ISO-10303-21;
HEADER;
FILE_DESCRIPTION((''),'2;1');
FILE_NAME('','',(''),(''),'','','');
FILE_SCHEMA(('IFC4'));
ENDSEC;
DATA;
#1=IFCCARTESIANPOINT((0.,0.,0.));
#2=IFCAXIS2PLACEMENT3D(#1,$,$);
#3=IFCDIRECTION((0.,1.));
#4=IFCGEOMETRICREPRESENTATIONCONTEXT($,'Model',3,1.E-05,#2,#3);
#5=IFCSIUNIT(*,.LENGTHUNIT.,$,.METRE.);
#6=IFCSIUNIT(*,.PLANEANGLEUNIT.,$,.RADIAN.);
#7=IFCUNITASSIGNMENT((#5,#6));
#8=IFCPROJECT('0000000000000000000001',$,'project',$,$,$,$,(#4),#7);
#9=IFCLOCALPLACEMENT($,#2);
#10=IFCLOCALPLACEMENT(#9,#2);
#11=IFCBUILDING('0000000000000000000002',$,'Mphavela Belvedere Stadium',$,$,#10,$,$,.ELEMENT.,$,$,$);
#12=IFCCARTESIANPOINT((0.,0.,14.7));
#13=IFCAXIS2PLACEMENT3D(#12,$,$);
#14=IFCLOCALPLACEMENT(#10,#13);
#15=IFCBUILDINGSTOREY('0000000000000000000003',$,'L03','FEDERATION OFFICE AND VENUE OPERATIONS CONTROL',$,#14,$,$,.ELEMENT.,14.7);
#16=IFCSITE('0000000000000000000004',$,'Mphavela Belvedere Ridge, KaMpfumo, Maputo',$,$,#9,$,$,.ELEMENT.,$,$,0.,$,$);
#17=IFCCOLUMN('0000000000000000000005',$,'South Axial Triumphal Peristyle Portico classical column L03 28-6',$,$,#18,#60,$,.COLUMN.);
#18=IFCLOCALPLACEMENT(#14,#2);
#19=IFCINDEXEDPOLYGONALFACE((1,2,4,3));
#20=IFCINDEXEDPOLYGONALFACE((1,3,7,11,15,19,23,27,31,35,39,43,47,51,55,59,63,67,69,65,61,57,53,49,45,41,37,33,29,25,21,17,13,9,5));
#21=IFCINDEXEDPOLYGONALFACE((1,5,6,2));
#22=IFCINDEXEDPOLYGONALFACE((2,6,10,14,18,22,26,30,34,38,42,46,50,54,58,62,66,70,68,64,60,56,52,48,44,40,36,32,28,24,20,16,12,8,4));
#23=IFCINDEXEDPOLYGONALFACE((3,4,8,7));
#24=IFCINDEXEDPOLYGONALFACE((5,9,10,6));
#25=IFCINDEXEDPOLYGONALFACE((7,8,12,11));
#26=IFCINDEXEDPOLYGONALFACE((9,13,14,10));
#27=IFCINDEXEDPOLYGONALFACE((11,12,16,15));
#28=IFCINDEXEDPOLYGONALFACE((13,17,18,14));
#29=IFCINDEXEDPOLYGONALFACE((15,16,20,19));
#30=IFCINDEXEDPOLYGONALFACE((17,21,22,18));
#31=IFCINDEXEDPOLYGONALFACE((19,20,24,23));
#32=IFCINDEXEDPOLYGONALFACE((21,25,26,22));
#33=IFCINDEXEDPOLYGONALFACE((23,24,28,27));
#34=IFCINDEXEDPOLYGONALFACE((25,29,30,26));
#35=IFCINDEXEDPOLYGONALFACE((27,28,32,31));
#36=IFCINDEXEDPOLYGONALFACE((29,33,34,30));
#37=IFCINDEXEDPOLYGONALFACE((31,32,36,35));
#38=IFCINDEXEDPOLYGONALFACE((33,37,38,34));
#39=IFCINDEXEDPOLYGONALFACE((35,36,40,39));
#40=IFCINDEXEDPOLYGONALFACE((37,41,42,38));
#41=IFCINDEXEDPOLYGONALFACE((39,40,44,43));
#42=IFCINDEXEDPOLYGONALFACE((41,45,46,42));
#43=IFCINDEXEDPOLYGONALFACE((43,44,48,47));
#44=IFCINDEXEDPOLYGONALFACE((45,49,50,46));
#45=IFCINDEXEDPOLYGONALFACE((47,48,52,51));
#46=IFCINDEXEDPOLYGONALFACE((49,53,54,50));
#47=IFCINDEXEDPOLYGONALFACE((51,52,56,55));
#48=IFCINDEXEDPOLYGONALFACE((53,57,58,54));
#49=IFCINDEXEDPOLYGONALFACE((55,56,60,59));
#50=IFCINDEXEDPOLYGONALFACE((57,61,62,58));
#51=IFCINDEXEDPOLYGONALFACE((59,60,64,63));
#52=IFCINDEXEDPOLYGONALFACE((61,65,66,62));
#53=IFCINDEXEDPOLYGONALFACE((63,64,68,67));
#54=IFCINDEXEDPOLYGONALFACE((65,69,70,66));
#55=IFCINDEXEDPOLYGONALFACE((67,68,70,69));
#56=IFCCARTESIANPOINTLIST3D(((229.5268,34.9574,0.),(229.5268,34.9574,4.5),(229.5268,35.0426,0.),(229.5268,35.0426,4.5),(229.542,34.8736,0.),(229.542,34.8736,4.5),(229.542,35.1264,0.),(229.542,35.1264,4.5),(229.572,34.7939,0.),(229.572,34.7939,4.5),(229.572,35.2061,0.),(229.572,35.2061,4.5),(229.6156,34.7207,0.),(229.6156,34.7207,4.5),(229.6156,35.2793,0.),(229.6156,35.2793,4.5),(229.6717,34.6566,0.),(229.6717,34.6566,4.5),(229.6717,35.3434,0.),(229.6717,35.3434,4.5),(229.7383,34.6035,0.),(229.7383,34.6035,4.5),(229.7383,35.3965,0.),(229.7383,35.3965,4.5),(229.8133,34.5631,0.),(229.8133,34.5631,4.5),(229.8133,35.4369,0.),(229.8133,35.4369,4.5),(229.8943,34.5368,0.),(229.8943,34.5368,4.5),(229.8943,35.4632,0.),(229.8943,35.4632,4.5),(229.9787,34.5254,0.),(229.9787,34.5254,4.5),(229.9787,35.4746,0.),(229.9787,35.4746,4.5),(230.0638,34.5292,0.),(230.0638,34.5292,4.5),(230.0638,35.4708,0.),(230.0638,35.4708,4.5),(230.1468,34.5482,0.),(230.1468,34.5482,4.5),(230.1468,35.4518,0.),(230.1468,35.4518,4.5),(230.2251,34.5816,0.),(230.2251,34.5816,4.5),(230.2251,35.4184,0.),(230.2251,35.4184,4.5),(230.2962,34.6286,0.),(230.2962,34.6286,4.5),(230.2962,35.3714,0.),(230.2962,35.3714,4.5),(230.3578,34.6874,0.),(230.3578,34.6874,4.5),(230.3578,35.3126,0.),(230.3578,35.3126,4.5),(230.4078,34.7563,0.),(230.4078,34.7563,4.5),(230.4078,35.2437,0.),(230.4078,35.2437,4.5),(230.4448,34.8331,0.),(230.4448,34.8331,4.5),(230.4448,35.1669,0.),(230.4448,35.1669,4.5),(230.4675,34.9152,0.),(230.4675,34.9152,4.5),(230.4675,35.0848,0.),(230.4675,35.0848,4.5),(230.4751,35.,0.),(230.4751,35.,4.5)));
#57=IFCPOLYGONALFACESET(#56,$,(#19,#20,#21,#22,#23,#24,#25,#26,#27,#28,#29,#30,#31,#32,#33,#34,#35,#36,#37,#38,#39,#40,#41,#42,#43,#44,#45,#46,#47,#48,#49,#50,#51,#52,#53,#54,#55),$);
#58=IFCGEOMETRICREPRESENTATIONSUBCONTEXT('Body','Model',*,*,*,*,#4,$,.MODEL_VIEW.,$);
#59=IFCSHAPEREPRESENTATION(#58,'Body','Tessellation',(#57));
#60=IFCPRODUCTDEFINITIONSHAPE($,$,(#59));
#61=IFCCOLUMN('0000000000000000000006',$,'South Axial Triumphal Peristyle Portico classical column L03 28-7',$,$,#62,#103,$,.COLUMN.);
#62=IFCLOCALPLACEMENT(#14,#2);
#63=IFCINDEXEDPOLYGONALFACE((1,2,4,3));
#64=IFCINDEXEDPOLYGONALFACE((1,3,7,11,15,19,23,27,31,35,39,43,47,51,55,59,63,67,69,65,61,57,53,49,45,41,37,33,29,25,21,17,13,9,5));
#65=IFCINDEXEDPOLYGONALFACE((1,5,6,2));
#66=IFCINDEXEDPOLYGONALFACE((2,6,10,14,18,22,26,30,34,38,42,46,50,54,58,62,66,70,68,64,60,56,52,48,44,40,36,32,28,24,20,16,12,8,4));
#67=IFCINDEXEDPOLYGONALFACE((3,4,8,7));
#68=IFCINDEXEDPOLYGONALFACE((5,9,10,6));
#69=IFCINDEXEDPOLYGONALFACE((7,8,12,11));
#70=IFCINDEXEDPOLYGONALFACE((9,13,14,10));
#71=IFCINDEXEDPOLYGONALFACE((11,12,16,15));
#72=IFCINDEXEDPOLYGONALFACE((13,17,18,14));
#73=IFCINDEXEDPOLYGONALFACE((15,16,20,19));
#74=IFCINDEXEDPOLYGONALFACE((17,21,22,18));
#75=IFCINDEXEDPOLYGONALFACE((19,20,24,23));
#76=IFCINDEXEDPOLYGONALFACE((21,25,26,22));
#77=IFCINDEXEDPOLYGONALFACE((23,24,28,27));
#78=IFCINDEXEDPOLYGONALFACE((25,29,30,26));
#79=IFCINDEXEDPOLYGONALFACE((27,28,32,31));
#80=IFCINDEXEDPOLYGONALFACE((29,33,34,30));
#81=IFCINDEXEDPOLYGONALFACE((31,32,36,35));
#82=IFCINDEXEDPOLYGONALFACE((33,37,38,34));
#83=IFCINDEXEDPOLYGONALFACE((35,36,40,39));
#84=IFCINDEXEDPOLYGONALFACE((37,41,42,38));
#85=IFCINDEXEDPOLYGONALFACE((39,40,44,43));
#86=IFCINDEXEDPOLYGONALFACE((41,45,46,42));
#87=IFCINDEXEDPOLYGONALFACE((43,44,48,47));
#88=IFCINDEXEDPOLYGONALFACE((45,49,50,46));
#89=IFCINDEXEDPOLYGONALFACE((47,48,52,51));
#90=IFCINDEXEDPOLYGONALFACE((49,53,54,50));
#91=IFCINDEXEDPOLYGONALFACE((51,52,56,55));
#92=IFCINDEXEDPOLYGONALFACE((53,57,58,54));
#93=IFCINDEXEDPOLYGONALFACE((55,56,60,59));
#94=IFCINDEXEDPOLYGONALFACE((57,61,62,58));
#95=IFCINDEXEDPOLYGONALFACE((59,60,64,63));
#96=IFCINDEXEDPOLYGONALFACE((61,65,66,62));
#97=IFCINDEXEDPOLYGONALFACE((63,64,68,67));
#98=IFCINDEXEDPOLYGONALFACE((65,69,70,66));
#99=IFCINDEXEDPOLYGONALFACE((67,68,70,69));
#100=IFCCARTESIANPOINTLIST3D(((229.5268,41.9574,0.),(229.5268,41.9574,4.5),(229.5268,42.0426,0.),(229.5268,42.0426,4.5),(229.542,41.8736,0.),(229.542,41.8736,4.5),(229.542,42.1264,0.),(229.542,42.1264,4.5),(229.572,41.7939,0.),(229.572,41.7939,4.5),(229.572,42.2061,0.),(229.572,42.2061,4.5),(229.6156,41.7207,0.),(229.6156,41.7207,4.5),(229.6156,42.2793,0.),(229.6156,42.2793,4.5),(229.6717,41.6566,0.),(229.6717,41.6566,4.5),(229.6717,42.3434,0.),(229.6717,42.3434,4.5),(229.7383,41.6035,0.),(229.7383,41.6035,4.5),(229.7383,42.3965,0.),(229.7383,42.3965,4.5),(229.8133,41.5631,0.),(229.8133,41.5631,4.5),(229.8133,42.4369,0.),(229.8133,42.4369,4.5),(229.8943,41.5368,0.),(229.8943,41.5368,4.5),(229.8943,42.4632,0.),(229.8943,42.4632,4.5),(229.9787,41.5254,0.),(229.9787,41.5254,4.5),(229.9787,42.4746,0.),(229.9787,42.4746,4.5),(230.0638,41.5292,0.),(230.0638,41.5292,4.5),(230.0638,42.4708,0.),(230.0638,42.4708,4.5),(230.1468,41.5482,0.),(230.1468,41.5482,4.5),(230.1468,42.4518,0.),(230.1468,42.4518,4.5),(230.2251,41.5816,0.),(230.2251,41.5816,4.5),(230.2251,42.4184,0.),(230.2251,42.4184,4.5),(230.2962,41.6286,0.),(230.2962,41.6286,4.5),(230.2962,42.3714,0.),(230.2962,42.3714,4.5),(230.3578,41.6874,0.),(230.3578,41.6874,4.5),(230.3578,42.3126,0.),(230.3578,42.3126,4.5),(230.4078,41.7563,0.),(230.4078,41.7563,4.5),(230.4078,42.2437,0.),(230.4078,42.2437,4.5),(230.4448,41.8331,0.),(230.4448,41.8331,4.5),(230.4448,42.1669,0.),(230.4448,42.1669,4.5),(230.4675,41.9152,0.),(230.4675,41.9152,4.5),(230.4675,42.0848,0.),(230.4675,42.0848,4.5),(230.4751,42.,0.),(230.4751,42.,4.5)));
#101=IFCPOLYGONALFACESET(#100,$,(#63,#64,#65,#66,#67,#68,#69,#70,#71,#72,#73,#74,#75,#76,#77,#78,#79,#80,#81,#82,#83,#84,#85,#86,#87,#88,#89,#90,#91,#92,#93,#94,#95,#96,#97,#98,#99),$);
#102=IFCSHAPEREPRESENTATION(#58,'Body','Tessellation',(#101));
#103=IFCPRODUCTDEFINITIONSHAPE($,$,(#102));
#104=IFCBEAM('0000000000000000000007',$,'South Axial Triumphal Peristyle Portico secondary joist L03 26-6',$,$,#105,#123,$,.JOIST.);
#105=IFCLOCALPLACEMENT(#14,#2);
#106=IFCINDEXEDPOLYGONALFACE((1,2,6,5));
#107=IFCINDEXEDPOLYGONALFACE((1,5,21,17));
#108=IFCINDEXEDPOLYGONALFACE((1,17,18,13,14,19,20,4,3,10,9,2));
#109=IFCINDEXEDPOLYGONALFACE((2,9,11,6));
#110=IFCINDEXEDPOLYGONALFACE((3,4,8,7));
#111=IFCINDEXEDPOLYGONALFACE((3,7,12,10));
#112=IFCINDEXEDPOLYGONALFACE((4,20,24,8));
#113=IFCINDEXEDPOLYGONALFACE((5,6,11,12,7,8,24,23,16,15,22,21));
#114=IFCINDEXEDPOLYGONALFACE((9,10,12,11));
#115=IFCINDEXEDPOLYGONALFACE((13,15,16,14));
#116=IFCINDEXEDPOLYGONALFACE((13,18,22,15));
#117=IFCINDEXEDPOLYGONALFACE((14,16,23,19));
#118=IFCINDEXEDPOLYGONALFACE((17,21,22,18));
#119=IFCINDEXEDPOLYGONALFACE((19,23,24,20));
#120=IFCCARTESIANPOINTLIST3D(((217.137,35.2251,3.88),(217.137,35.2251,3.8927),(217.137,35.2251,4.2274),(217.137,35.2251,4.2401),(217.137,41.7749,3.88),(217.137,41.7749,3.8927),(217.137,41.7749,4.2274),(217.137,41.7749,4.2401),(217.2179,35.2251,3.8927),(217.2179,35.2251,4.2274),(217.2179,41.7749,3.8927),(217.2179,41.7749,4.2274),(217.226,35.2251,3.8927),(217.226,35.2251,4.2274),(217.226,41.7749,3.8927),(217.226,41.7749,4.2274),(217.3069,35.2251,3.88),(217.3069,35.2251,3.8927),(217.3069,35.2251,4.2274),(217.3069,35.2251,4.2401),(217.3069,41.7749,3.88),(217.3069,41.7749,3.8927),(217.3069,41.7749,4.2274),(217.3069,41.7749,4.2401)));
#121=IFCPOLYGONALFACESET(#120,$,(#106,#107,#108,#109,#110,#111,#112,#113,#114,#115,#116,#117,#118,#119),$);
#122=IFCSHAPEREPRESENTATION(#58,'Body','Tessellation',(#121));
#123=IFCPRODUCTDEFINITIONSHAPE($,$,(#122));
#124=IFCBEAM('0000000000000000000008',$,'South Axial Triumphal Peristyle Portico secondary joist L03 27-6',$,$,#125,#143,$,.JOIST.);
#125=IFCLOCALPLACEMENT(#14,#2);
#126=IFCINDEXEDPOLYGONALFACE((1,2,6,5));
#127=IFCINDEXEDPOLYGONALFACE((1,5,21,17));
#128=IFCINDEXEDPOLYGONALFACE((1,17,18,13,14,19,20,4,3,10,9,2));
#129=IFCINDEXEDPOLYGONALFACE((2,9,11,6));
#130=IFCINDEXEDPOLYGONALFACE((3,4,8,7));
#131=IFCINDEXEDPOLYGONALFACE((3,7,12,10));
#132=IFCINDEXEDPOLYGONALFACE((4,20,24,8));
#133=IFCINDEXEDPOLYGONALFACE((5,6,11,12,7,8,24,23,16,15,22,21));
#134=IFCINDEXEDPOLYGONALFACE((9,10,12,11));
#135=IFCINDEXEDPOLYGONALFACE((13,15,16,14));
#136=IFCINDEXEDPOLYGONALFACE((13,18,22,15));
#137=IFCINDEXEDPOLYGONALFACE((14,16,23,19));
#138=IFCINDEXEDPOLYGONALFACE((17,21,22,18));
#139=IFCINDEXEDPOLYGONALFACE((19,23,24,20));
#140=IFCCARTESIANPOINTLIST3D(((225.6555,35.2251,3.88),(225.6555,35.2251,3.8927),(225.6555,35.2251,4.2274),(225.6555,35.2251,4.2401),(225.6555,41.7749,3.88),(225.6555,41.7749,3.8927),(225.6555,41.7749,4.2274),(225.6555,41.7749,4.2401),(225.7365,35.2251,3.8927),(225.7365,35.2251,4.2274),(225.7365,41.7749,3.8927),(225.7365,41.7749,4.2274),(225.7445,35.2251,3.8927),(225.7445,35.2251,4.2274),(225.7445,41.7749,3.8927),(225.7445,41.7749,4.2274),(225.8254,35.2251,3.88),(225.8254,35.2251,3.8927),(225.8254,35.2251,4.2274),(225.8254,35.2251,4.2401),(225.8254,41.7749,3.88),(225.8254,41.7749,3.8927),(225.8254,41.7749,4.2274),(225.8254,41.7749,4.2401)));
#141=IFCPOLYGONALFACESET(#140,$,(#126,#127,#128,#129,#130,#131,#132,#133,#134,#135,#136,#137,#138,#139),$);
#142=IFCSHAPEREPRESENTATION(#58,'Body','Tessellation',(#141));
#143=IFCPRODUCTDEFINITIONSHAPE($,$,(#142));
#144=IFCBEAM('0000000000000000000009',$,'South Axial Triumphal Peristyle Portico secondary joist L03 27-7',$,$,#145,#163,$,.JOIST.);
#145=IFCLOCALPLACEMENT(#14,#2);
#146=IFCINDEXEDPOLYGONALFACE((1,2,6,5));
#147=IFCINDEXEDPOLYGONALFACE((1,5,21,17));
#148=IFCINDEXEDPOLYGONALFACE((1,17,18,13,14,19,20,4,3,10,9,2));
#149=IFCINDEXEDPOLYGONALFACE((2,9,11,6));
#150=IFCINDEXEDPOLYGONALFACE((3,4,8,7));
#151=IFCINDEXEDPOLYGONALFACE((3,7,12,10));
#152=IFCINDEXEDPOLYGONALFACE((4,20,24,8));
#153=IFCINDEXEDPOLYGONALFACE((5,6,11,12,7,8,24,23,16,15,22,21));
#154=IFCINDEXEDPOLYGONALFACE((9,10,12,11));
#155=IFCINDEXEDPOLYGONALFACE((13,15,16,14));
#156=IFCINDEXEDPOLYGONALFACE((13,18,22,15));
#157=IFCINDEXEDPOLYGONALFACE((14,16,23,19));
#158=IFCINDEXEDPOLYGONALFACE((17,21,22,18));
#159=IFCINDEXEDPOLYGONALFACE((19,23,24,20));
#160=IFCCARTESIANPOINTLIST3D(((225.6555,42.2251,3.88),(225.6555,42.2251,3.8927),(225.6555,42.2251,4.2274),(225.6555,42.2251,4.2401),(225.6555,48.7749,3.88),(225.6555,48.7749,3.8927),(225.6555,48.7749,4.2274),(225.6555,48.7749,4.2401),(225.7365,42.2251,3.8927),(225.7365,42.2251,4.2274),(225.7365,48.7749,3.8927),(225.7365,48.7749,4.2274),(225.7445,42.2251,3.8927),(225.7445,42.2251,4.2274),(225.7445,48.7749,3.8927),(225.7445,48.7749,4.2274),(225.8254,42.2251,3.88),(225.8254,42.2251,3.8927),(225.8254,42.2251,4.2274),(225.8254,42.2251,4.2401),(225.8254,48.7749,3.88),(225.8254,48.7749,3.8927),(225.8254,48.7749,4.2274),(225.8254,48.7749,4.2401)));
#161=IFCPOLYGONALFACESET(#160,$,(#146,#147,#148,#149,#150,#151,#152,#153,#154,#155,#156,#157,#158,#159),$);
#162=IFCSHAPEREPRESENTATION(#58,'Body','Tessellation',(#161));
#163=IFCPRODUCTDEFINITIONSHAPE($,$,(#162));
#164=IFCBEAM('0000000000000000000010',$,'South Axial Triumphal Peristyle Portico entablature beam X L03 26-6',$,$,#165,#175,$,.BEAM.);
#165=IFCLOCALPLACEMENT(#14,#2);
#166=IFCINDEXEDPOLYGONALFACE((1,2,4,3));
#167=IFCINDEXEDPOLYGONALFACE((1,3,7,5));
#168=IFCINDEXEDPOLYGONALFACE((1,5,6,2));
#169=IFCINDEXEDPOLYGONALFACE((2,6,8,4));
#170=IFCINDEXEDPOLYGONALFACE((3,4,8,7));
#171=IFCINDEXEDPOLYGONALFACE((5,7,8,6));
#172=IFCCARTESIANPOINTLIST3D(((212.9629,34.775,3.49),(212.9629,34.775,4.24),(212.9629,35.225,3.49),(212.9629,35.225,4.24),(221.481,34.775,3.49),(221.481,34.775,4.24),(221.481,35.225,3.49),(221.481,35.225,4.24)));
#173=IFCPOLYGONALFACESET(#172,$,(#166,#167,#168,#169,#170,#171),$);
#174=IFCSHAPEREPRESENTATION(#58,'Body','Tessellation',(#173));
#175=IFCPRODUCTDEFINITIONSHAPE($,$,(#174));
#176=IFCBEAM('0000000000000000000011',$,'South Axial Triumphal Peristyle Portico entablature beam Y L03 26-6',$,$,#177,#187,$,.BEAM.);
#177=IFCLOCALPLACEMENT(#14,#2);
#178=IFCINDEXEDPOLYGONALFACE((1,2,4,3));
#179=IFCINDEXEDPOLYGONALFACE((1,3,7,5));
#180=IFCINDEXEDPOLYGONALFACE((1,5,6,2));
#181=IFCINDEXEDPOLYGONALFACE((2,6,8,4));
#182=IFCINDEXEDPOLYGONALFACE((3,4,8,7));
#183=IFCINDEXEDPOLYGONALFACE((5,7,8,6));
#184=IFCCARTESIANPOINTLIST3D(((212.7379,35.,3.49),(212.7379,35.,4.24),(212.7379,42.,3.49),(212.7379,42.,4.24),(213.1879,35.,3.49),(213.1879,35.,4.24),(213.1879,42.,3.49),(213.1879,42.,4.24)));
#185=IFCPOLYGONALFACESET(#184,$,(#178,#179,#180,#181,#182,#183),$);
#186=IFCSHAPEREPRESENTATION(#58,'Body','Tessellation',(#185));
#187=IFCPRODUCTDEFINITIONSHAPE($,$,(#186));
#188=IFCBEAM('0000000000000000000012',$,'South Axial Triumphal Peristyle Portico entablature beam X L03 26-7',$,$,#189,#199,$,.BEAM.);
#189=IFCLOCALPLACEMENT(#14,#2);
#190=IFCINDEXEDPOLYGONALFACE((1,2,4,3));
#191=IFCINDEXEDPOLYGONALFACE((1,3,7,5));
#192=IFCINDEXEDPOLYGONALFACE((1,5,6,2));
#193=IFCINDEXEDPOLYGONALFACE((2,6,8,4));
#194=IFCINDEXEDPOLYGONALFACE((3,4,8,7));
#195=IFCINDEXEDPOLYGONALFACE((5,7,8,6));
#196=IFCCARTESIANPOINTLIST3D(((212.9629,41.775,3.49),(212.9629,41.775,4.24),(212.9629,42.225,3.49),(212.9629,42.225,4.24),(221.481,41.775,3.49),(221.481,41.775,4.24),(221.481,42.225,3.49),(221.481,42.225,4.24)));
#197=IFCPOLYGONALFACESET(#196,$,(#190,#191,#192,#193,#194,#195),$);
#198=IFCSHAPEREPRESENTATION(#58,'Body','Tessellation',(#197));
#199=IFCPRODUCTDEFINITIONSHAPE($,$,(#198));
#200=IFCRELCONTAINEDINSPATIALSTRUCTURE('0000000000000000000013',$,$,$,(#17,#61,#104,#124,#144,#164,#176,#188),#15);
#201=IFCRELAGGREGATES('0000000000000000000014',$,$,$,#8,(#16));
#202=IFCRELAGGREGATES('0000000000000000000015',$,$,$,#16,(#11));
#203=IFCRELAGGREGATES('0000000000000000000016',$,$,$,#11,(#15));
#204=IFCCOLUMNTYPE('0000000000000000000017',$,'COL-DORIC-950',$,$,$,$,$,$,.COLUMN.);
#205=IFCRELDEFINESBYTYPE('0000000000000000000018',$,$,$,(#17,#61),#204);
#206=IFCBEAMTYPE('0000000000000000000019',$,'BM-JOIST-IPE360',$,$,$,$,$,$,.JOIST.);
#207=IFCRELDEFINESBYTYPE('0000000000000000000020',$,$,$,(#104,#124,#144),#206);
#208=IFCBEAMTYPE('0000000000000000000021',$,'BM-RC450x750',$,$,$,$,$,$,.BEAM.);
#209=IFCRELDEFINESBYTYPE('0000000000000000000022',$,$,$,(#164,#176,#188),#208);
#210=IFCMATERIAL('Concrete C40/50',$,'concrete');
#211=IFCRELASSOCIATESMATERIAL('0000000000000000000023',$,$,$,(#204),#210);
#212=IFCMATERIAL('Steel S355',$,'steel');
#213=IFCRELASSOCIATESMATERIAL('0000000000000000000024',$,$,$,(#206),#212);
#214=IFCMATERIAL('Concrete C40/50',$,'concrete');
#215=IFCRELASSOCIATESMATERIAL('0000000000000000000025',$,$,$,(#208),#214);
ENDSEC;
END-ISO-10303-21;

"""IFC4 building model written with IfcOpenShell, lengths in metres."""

from ifc_helpers import new_model, si_unit, direction, frame, origin, origin_2d, place, context, subcontext, project, spatial, rectangle, circle, i_section, extrude, material, material_profile, profile_set, type_object, element, save


model = new_model("IFC4")

# Units and contexts
model_context = context("Model", 3, precision=1e-05, world=origin(), true_north=direction((0.0, 1.0)))
body_context = subcontext(model_context, "Body", "Model", "MODEL_VIEW")
ifc_project = project(units=[si_unit("LENGTHUNIT", "METRE"), si_unit("PLANEANGLEUNIT", "RADIAN")], contexts=[model_context])

# Site, building, storey
site_placement = place(None, origin())
site = spatial("IfcSite", under=ifc_project, at=site_placement, Name="Mphavela Belvedere Ridge, KaMpfumo, Maputo", CompositionType="ELEMENT", RefElevation=0.0)
building_placement = place(site_placement, origin())
building = spatial("IfcBuilding", under=site, at=building_placement, Name="Mphavela Belvedere Stadium", CompositionType="ELEMENT")
storey_placement = place(building_placement, frame((0.0, 0.0, 14.7)))
storey = spatial("IfcBuildingStorey", under=building, at=storey_placement, Name="L03", Description="FEDERATION OFFICE AND VENUE OPERATIONS CONTROL", CompositionType="ELEMENT", Elevation=14.7)

# Columns
ifc_material_1 = material(Name="Concrete C40/50", Category="concrete")
ifc_material_profile_1 = material_profile(ifc_material_1, circle(Radius=0.4751, at=origin_2d()), Name="COL D950")
ifc_profile_set_1 = profile_set([ifc_material_profile_1], Name="Concrete C40/50")
column_type = type_object("IfcColumnType", Name="COL-DORIC-950", PredefinedType="COLUMN", material=ifc_profile_set_1)
for number, where, z_axis, x_axis, name in (
    (1, (230.0, 35.0, 0.0), (0.0, 0.0, 1.0), (1.0, 0.0, 0.0), "South Axial Triumphal Peristyle Portico classical column L03 28-6"),
    (2, (230.0, 42.0, 0.0), (0.0, 0.0, 1.0), (1.0, 0.0, 0.0), "South Axial Triumphal Peristyle Portico classical column L03 28-7"),
):
    element("IfcColumn", number, at=place(storey_placement, frame(where, z_axis=z_axis, x_axis=x_axis)), inside=storey, type_object=column_type, Name=name, PredefinedType="COLUMN", context=body_context, shape_type="SweptSolid", body=[
        extrude(circle(Radius=0.4751, at=origin_2d()), origin(), (0.0, 0.0, 1.0), 4.5),
    ])

# Beams
ifc_material_2 = material(Name="Steel S355", Category="steel")
ifc_material_profile_2 = material_profile(ifc_material_2, i_section(OverallWidth=0.1699, OverallDepth=0.3601, WebThickness=0.0081, FlangeThickness=0.0127, at=origin_2d()), Name="IPE 360")
ifc_profile_set_2 = profile_set([ifc_material_profile_2], Name="Steel S355")
beam_type_1 = type_object("IfcBeamType", Name="BM-JOIST-IPE360", PredefinedType="JOIST", material=ifc_profile_set_2)
for number, where, z_axis, x_axis, name in (
    (3, (217.2219, 35.2251, 4.0601), (0.0, 1.0, 0.0), (-1.0, 0.0, 0.0), "South Axial Triumphal Peristyle Portico secondary joist L03 26-6"),
    (4, (225.7405, 35.2251, 4.0601), (0.0, 1.0, 0.0), (-1.0, 0.0, 0.0), "South Axial Triumphal Peristyle Portico secondary joist L03 27-6"),
    (5, (225.7405, 42.2251, 4.0601), (0.0, 1.0, 0.0), (-1.0, 0.0, 0.0), "South Axial Triumphal Peristyle Portico secondary joist L03 27-7"),
):
    element("IfcBeam", number, at=place(storey_placement, frame(where, z_axis=z_axis, x_axis=x_axis)), inside=storey, type_object=beam_type_1, Name=name, PredefinedType="JOIST", context=body_context, shape_type="SweptSolid", body=[
        extrude(i_section(OverallWidth=0.1699, OverallDepth=0.3601, WebThickness=0.0081, FlangeThickness=0.0127, at=origin_2d()), origin(), (0.0, 0.0, 1.0), 6.5498),
    ])
ifc_material_3 = material(Name="Concrete C40/50", Category="concrete")
ifc_material_profile_3 = material_profile(ifc_material_3, rectangle(XDim=0.45, YDim=0.75, at=origin_2d()), Name="RC 450x750")
ifc_profile_set_3 = profile_set([ifc_material_profile_3], Name="Concrete C40/50")
beam_type_2 = type_object("IfcBeamType", Name="BM-RC450x750", PredefinedType="BEAM", material=ifc_profile_set_3)
beam_1_placement = place(storey_placement, frame((212.9629, 35.0, 3.865), z_axis=(1.0, 0.0, 0.0), x_axis=(0.0, 1.0, 0.0)))
element("IfcBeam", 6, at=beam_1_placement, inside=storey, type_object=beam_type_2, Name="South Axial Triumphal Peristyle Portico entablature beam X L03 26-6", PredefinedType="BEAM", context=body_context, shape_type="SweptSolid", body=[
    extrude(rectangle(XDim=0.45, YDim=0.75, at=origin_2d()), origin(), (0.0, 0.0, 1.0), 8.5181),
])
beam_2_placement = place(storey_placement, frame((212.9629, 35.0, 3.865), z_axis=(0.0, 1.0, 0.0), x_axis=(-1.0, 0.0, 0.0)))
element("IfcBeam", 7, at=beam_2_placement, inside=storey, type_object=beam_type_2, Name="South Axial Triumphal Peristyle Portico entablature beam Y L03 26-6", PredefinedType="BEAM", context=body_context, shape_type="SweptSolid", body=[
    extrude(rectangle(XDim=0.45, YDim=0.75, at=origin_2d()), origin(), (0.0, 0.0, 1.0), 7.0),
])
beam_3_placement = place(storey_placement, frame((212.9629, 42.0, 3.865), z_axis=(1.0, 0.0, 0.0), x_axis=(0.0, 1.0, 0.0)))
element("IfcBeam", 8, at=beam_3_placement, inside=storey, type_object=beam_type_2, Name="South Axial Triumphal Peristyle Portico entablature beam X L03 26-7", PredefinedType="BEAM", context=body_context, shape_type="SweptSolid", body=[
    extrude(rectangle(XDim=0.45, YDim=0.75, at=origin_2d()), origin(), (0.0, 0.0, 1.0), 8.5181),
])

save(model, "model.ifc")
